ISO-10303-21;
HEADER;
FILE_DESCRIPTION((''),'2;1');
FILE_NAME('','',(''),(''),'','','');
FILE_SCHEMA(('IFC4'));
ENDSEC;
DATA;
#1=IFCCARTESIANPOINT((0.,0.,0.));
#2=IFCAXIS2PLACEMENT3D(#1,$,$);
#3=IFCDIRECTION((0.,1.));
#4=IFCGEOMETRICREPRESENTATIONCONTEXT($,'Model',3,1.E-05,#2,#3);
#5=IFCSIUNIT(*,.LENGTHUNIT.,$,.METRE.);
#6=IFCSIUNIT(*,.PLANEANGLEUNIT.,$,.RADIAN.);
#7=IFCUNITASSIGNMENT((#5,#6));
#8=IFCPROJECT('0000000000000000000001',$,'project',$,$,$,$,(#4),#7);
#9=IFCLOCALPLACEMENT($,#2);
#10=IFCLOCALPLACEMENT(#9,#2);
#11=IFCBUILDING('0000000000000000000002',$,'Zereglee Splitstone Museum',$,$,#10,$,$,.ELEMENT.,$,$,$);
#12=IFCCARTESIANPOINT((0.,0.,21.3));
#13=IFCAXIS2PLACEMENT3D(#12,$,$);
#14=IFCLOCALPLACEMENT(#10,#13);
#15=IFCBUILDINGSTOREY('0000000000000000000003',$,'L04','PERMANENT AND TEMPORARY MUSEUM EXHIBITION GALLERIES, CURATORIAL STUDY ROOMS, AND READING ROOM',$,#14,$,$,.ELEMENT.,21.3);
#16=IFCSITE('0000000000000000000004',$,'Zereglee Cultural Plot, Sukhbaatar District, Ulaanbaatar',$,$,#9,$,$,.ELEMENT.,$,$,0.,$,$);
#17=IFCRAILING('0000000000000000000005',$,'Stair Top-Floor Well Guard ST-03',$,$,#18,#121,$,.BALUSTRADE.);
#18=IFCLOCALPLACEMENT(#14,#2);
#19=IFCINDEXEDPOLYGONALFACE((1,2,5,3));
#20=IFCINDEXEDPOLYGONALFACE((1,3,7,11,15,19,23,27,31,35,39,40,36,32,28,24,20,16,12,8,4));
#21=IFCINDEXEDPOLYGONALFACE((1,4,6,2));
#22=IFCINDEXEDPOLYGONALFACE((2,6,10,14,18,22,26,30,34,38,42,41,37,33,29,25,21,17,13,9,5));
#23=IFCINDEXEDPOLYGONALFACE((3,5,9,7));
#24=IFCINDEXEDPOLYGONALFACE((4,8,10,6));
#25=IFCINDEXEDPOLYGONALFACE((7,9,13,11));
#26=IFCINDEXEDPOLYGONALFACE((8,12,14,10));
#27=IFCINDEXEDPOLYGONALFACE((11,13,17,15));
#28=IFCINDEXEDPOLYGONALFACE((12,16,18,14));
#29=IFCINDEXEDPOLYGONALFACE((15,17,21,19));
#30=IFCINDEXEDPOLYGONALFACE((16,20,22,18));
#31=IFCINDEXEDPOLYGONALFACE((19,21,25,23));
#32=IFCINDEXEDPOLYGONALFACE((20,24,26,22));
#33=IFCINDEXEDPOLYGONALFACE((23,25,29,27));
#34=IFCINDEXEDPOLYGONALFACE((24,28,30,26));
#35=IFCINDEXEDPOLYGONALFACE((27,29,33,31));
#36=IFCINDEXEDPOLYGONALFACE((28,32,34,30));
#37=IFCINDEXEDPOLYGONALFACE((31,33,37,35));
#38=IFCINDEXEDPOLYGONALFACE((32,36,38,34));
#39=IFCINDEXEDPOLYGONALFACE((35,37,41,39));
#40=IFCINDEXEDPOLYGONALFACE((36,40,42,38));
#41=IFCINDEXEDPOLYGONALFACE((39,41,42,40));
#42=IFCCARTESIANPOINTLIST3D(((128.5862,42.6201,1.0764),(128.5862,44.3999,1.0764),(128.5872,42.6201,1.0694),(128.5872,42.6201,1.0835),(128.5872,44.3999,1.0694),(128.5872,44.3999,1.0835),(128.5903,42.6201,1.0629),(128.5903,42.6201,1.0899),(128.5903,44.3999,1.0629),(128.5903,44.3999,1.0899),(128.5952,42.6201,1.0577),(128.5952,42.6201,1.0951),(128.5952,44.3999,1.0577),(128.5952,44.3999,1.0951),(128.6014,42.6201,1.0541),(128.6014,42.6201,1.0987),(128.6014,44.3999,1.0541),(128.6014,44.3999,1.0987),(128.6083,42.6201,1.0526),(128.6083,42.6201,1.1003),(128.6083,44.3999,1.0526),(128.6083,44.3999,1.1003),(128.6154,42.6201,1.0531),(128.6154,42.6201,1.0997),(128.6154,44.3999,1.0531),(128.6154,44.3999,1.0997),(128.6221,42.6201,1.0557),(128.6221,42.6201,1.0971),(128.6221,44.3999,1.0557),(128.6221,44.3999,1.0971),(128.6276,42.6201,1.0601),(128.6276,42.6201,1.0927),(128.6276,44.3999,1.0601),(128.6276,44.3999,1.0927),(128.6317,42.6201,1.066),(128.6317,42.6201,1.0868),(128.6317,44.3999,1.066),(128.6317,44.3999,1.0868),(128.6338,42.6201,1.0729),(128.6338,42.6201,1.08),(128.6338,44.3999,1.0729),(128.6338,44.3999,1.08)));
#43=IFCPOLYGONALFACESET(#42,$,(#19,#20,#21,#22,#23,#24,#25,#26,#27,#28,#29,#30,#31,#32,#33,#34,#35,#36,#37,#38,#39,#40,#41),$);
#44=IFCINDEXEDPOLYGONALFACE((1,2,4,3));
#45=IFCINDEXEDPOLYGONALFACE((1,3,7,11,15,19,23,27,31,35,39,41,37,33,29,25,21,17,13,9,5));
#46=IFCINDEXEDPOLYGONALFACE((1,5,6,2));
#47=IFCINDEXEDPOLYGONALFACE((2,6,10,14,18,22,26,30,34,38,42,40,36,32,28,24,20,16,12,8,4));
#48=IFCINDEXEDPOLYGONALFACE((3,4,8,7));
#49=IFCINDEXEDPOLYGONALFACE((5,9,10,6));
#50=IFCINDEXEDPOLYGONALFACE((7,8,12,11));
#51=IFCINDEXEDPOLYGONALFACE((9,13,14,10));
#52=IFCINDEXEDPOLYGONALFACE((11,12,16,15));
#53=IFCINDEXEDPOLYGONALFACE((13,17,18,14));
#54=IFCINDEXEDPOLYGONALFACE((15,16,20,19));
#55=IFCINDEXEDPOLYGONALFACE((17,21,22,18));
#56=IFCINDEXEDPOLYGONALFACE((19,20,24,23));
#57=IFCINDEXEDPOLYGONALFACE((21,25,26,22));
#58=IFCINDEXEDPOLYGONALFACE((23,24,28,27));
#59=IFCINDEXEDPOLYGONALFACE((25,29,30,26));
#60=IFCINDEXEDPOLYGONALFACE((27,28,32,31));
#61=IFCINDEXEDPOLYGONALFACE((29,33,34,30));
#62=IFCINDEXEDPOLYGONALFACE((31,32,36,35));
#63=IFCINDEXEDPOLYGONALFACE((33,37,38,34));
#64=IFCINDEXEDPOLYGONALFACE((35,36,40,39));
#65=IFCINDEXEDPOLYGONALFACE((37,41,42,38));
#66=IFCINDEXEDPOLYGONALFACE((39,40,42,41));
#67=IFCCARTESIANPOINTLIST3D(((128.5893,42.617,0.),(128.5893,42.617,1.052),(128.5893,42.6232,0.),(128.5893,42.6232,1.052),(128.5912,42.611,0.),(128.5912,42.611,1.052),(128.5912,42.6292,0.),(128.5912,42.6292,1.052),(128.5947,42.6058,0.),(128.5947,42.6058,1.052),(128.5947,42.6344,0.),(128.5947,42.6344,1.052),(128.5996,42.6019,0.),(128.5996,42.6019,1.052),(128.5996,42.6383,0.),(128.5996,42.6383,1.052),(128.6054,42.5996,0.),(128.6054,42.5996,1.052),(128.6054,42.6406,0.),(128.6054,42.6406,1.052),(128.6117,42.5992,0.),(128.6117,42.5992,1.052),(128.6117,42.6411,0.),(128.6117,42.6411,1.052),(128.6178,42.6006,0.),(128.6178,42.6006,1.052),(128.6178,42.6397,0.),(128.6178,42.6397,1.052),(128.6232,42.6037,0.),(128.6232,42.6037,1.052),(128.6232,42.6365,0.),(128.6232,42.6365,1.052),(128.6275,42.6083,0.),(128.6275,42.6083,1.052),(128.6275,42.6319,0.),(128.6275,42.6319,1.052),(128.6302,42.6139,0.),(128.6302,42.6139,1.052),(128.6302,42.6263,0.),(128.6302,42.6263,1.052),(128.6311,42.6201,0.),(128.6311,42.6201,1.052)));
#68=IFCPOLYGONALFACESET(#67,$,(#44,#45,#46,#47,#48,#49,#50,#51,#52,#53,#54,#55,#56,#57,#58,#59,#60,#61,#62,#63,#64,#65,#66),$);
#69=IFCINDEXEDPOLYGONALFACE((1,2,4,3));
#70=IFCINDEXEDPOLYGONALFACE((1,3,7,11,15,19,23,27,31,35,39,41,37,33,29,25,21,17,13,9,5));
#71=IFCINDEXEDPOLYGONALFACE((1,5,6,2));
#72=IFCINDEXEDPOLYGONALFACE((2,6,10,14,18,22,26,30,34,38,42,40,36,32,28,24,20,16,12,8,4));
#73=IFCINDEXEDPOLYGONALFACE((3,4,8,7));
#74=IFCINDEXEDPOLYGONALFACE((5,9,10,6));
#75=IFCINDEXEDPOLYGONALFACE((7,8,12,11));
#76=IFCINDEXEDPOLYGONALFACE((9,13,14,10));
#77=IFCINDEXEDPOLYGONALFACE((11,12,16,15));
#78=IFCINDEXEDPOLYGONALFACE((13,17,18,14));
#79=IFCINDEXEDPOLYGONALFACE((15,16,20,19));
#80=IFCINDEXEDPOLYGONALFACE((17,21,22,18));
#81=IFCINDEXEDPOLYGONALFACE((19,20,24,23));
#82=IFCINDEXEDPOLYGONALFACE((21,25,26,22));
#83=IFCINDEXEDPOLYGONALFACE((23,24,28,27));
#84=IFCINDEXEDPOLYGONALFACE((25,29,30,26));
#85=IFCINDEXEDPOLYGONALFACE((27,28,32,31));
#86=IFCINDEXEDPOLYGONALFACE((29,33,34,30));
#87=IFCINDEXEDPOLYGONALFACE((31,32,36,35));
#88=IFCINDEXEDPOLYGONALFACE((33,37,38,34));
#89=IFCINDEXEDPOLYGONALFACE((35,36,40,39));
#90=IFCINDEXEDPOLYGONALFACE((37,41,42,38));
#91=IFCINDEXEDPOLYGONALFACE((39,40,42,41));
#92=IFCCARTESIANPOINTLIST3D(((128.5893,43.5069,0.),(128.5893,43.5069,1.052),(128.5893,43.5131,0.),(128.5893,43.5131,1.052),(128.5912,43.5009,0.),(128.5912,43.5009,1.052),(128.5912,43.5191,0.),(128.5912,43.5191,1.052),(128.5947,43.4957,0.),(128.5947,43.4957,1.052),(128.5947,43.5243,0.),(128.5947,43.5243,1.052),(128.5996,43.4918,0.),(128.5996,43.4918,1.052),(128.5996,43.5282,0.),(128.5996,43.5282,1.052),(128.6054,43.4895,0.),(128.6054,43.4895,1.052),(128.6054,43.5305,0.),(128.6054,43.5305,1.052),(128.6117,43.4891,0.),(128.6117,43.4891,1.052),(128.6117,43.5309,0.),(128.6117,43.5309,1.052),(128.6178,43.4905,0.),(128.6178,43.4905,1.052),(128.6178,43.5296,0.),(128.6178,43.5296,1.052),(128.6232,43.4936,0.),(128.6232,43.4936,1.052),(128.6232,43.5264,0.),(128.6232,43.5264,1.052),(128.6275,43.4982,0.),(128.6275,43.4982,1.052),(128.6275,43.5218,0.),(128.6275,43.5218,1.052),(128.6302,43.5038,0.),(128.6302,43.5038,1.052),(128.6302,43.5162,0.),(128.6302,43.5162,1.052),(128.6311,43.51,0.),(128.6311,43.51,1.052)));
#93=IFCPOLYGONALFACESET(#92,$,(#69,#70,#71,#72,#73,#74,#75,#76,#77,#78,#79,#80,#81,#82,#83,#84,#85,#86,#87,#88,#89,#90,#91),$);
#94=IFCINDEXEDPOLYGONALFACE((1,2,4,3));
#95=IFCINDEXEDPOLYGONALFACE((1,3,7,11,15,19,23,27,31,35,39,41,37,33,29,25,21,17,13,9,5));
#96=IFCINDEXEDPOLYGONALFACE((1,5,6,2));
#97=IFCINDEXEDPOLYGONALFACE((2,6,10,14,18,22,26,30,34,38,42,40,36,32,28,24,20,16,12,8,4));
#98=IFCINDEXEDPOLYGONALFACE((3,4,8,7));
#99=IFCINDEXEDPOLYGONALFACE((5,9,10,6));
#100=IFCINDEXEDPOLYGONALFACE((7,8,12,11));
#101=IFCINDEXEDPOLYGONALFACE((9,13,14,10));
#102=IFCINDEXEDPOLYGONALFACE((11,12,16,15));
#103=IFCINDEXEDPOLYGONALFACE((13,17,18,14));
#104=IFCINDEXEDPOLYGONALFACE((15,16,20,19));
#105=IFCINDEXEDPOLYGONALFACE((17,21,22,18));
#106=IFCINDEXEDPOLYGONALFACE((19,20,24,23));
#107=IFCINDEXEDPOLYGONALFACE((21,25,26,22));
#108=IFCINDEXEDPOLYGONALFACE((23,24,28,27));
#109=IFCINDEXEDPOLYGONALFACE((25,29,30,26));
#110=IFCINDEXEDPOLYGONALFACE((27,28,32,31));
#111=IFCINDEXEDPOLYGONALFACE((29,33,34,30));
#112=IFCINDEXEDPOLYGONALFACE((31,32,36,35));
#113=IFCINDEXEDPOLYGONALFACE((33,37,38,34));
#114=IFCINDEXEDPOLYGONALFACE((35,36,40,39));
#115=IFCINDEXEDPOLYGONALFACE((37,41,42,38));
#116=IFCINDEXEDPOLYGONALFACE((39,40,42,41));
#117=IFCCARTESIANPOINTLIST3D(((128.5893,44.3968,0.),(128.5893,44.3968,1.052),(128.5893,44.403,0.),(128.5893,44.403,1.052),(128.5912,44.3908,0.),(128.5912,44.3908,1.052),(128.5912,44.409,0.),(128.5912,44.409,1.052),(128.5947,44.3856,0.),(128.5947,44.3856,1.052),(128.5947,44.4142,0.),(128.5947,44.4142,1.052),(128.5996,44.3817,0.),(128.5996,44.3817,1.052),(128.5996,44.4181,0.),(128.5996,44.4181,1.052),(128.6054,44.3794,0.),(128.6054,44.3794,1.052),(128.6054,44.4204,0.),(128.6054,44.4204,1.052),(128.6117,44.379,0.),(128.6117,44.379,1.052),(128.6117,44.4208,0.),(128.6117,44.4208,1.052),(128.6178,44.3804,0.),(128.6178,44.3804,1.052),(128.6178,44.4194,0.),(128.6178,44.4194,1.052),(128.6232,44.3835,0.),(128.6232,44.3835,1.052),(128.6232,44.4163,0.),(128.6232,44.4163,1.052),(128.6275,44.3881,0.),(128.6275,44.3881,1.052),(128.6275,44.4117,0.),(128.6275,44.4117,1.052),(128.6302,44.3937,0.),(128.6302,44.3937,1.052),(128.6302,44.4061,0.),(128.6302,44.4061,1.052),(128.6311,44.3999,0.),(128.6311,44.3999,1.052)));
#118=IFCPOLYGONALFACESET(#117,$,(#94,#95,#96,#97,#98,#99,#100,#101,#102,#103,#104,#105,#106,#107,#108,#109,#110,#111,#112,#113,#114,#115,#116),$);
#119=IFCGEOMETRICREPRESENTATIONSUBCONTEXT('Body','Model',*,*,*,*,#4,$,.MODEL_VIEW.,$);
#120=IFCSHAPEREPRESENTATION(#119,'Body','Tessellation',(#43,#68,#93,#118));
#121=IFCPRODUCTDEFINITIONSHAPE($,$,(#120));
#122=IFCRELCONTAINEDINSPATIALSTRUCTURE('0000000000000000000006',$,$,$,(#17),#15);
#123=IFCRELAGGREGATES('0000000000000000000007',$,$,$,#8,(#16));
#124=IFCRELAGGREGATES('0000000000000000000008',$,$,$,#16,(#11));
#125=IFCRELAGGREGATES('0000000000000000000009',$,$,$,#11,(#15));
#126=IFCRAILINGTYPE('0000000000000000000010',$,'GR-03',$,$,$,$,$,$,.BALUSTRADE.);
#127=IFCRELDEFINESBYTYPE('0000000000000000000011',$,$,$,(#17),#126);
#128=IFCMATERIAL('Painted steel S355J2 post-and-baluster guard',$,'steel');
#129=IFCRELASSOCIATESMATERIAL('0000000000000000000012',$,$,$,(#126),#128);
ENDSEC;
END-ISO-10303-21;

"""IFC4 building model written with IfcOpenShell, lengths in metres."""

from ifc_helpers import new_model, si_unit, direction, frame, origin, origin_2d, place, context, subcontext, project, spatial, circle, extrude, material, type_object, element, save


model = new_model("IFC4")

# Units and contexts
model_context = context("Model", 3, precision=1e-05, world=origin(), true_north=direction((0.0, 1.0)))
body_context = subcontext(model_context, "Body", "Model", "MODEL_VIEW")
ifc_project = project(units=[si_unit("LENGTHUNIT", "METRE"), si_unit("PLANEANGLEUNIT", "RADIAN")], contexts=[model_context])

# Site, building, storey
site_placement = place(None, origin())
site = spatial("IfcSite", under=ifc_project, at=site_placement, Name="Zereglee Cultural Plot, Sukhbaatar District, Ulaanbaatar", CompositionType="ELEMENT", RefElevation=0.0)
building_placement = place(site_placement, origin())
building = spatial("IfcBuilding", under=site, at=building_placement, Name="Zereglee Splitstone Museum", CompositionType="ELEMENT")
storey_placement = place(building_placement, frame((0.0, 0.0, 21.3)))
storey = spatial("IfcBuildingStorey", under=building, at=storey_placement, Name="L04", Description="PERMANENT AND TEMPORARY MUSEUM EXHIBITION GALLERIES, CURATORIAL STUDY ROOMS, AND READING ROOM", CompositionType="ELEMENT", Elevation=21.3)

# Railing
ifc_material_1 = material(Name="Painted steel S355J2 post-and-baluster guard", Category="steel")
railing_type = type_object("IfcRailingType", Name="GR-03", PredefinedType="BALUSTRADE", material=ifc_material_1)
railing_1_placement = place(storey_placement, frame((128.6101, 42.6201, 0.0)))
element("IfcRailing", 1, at=railing_1_placement, inside=storey, type_object=railing_type, Name="Stair Top-Floor Well Guard ST-03", PredefinedType="BALUSTRADE", context=body_context, shape_type="SweptSolid", body=[
    extrude(circle(Radius=0.0239, at=origin_2d()), frame((0.0, 0.0, 1.0764), z_axis=(0.0, 1.0, 0.0), x_axis=(-1.0, 0.0, 0.0)), (0.0, 0.0, 1.0), 1.7798),
    extrude(circle(Radius=0.021, at=origin_2d()), origin(), (0.0, 0.0, 1.0), 1.052),
    extrude(circle(Radius=0.021, at=origin_2d()), frame((0.0, 0.8899, 0.0)), (0.0, 0.0, 1.0), 1.052),
    extrude(circle(Radius=0.021, at=origin_2d()), frame((0.0, 1.7798, 0.0)), (0.0, 0.0, 1.0), 1.052),
])

save(model, "model.ifc")
